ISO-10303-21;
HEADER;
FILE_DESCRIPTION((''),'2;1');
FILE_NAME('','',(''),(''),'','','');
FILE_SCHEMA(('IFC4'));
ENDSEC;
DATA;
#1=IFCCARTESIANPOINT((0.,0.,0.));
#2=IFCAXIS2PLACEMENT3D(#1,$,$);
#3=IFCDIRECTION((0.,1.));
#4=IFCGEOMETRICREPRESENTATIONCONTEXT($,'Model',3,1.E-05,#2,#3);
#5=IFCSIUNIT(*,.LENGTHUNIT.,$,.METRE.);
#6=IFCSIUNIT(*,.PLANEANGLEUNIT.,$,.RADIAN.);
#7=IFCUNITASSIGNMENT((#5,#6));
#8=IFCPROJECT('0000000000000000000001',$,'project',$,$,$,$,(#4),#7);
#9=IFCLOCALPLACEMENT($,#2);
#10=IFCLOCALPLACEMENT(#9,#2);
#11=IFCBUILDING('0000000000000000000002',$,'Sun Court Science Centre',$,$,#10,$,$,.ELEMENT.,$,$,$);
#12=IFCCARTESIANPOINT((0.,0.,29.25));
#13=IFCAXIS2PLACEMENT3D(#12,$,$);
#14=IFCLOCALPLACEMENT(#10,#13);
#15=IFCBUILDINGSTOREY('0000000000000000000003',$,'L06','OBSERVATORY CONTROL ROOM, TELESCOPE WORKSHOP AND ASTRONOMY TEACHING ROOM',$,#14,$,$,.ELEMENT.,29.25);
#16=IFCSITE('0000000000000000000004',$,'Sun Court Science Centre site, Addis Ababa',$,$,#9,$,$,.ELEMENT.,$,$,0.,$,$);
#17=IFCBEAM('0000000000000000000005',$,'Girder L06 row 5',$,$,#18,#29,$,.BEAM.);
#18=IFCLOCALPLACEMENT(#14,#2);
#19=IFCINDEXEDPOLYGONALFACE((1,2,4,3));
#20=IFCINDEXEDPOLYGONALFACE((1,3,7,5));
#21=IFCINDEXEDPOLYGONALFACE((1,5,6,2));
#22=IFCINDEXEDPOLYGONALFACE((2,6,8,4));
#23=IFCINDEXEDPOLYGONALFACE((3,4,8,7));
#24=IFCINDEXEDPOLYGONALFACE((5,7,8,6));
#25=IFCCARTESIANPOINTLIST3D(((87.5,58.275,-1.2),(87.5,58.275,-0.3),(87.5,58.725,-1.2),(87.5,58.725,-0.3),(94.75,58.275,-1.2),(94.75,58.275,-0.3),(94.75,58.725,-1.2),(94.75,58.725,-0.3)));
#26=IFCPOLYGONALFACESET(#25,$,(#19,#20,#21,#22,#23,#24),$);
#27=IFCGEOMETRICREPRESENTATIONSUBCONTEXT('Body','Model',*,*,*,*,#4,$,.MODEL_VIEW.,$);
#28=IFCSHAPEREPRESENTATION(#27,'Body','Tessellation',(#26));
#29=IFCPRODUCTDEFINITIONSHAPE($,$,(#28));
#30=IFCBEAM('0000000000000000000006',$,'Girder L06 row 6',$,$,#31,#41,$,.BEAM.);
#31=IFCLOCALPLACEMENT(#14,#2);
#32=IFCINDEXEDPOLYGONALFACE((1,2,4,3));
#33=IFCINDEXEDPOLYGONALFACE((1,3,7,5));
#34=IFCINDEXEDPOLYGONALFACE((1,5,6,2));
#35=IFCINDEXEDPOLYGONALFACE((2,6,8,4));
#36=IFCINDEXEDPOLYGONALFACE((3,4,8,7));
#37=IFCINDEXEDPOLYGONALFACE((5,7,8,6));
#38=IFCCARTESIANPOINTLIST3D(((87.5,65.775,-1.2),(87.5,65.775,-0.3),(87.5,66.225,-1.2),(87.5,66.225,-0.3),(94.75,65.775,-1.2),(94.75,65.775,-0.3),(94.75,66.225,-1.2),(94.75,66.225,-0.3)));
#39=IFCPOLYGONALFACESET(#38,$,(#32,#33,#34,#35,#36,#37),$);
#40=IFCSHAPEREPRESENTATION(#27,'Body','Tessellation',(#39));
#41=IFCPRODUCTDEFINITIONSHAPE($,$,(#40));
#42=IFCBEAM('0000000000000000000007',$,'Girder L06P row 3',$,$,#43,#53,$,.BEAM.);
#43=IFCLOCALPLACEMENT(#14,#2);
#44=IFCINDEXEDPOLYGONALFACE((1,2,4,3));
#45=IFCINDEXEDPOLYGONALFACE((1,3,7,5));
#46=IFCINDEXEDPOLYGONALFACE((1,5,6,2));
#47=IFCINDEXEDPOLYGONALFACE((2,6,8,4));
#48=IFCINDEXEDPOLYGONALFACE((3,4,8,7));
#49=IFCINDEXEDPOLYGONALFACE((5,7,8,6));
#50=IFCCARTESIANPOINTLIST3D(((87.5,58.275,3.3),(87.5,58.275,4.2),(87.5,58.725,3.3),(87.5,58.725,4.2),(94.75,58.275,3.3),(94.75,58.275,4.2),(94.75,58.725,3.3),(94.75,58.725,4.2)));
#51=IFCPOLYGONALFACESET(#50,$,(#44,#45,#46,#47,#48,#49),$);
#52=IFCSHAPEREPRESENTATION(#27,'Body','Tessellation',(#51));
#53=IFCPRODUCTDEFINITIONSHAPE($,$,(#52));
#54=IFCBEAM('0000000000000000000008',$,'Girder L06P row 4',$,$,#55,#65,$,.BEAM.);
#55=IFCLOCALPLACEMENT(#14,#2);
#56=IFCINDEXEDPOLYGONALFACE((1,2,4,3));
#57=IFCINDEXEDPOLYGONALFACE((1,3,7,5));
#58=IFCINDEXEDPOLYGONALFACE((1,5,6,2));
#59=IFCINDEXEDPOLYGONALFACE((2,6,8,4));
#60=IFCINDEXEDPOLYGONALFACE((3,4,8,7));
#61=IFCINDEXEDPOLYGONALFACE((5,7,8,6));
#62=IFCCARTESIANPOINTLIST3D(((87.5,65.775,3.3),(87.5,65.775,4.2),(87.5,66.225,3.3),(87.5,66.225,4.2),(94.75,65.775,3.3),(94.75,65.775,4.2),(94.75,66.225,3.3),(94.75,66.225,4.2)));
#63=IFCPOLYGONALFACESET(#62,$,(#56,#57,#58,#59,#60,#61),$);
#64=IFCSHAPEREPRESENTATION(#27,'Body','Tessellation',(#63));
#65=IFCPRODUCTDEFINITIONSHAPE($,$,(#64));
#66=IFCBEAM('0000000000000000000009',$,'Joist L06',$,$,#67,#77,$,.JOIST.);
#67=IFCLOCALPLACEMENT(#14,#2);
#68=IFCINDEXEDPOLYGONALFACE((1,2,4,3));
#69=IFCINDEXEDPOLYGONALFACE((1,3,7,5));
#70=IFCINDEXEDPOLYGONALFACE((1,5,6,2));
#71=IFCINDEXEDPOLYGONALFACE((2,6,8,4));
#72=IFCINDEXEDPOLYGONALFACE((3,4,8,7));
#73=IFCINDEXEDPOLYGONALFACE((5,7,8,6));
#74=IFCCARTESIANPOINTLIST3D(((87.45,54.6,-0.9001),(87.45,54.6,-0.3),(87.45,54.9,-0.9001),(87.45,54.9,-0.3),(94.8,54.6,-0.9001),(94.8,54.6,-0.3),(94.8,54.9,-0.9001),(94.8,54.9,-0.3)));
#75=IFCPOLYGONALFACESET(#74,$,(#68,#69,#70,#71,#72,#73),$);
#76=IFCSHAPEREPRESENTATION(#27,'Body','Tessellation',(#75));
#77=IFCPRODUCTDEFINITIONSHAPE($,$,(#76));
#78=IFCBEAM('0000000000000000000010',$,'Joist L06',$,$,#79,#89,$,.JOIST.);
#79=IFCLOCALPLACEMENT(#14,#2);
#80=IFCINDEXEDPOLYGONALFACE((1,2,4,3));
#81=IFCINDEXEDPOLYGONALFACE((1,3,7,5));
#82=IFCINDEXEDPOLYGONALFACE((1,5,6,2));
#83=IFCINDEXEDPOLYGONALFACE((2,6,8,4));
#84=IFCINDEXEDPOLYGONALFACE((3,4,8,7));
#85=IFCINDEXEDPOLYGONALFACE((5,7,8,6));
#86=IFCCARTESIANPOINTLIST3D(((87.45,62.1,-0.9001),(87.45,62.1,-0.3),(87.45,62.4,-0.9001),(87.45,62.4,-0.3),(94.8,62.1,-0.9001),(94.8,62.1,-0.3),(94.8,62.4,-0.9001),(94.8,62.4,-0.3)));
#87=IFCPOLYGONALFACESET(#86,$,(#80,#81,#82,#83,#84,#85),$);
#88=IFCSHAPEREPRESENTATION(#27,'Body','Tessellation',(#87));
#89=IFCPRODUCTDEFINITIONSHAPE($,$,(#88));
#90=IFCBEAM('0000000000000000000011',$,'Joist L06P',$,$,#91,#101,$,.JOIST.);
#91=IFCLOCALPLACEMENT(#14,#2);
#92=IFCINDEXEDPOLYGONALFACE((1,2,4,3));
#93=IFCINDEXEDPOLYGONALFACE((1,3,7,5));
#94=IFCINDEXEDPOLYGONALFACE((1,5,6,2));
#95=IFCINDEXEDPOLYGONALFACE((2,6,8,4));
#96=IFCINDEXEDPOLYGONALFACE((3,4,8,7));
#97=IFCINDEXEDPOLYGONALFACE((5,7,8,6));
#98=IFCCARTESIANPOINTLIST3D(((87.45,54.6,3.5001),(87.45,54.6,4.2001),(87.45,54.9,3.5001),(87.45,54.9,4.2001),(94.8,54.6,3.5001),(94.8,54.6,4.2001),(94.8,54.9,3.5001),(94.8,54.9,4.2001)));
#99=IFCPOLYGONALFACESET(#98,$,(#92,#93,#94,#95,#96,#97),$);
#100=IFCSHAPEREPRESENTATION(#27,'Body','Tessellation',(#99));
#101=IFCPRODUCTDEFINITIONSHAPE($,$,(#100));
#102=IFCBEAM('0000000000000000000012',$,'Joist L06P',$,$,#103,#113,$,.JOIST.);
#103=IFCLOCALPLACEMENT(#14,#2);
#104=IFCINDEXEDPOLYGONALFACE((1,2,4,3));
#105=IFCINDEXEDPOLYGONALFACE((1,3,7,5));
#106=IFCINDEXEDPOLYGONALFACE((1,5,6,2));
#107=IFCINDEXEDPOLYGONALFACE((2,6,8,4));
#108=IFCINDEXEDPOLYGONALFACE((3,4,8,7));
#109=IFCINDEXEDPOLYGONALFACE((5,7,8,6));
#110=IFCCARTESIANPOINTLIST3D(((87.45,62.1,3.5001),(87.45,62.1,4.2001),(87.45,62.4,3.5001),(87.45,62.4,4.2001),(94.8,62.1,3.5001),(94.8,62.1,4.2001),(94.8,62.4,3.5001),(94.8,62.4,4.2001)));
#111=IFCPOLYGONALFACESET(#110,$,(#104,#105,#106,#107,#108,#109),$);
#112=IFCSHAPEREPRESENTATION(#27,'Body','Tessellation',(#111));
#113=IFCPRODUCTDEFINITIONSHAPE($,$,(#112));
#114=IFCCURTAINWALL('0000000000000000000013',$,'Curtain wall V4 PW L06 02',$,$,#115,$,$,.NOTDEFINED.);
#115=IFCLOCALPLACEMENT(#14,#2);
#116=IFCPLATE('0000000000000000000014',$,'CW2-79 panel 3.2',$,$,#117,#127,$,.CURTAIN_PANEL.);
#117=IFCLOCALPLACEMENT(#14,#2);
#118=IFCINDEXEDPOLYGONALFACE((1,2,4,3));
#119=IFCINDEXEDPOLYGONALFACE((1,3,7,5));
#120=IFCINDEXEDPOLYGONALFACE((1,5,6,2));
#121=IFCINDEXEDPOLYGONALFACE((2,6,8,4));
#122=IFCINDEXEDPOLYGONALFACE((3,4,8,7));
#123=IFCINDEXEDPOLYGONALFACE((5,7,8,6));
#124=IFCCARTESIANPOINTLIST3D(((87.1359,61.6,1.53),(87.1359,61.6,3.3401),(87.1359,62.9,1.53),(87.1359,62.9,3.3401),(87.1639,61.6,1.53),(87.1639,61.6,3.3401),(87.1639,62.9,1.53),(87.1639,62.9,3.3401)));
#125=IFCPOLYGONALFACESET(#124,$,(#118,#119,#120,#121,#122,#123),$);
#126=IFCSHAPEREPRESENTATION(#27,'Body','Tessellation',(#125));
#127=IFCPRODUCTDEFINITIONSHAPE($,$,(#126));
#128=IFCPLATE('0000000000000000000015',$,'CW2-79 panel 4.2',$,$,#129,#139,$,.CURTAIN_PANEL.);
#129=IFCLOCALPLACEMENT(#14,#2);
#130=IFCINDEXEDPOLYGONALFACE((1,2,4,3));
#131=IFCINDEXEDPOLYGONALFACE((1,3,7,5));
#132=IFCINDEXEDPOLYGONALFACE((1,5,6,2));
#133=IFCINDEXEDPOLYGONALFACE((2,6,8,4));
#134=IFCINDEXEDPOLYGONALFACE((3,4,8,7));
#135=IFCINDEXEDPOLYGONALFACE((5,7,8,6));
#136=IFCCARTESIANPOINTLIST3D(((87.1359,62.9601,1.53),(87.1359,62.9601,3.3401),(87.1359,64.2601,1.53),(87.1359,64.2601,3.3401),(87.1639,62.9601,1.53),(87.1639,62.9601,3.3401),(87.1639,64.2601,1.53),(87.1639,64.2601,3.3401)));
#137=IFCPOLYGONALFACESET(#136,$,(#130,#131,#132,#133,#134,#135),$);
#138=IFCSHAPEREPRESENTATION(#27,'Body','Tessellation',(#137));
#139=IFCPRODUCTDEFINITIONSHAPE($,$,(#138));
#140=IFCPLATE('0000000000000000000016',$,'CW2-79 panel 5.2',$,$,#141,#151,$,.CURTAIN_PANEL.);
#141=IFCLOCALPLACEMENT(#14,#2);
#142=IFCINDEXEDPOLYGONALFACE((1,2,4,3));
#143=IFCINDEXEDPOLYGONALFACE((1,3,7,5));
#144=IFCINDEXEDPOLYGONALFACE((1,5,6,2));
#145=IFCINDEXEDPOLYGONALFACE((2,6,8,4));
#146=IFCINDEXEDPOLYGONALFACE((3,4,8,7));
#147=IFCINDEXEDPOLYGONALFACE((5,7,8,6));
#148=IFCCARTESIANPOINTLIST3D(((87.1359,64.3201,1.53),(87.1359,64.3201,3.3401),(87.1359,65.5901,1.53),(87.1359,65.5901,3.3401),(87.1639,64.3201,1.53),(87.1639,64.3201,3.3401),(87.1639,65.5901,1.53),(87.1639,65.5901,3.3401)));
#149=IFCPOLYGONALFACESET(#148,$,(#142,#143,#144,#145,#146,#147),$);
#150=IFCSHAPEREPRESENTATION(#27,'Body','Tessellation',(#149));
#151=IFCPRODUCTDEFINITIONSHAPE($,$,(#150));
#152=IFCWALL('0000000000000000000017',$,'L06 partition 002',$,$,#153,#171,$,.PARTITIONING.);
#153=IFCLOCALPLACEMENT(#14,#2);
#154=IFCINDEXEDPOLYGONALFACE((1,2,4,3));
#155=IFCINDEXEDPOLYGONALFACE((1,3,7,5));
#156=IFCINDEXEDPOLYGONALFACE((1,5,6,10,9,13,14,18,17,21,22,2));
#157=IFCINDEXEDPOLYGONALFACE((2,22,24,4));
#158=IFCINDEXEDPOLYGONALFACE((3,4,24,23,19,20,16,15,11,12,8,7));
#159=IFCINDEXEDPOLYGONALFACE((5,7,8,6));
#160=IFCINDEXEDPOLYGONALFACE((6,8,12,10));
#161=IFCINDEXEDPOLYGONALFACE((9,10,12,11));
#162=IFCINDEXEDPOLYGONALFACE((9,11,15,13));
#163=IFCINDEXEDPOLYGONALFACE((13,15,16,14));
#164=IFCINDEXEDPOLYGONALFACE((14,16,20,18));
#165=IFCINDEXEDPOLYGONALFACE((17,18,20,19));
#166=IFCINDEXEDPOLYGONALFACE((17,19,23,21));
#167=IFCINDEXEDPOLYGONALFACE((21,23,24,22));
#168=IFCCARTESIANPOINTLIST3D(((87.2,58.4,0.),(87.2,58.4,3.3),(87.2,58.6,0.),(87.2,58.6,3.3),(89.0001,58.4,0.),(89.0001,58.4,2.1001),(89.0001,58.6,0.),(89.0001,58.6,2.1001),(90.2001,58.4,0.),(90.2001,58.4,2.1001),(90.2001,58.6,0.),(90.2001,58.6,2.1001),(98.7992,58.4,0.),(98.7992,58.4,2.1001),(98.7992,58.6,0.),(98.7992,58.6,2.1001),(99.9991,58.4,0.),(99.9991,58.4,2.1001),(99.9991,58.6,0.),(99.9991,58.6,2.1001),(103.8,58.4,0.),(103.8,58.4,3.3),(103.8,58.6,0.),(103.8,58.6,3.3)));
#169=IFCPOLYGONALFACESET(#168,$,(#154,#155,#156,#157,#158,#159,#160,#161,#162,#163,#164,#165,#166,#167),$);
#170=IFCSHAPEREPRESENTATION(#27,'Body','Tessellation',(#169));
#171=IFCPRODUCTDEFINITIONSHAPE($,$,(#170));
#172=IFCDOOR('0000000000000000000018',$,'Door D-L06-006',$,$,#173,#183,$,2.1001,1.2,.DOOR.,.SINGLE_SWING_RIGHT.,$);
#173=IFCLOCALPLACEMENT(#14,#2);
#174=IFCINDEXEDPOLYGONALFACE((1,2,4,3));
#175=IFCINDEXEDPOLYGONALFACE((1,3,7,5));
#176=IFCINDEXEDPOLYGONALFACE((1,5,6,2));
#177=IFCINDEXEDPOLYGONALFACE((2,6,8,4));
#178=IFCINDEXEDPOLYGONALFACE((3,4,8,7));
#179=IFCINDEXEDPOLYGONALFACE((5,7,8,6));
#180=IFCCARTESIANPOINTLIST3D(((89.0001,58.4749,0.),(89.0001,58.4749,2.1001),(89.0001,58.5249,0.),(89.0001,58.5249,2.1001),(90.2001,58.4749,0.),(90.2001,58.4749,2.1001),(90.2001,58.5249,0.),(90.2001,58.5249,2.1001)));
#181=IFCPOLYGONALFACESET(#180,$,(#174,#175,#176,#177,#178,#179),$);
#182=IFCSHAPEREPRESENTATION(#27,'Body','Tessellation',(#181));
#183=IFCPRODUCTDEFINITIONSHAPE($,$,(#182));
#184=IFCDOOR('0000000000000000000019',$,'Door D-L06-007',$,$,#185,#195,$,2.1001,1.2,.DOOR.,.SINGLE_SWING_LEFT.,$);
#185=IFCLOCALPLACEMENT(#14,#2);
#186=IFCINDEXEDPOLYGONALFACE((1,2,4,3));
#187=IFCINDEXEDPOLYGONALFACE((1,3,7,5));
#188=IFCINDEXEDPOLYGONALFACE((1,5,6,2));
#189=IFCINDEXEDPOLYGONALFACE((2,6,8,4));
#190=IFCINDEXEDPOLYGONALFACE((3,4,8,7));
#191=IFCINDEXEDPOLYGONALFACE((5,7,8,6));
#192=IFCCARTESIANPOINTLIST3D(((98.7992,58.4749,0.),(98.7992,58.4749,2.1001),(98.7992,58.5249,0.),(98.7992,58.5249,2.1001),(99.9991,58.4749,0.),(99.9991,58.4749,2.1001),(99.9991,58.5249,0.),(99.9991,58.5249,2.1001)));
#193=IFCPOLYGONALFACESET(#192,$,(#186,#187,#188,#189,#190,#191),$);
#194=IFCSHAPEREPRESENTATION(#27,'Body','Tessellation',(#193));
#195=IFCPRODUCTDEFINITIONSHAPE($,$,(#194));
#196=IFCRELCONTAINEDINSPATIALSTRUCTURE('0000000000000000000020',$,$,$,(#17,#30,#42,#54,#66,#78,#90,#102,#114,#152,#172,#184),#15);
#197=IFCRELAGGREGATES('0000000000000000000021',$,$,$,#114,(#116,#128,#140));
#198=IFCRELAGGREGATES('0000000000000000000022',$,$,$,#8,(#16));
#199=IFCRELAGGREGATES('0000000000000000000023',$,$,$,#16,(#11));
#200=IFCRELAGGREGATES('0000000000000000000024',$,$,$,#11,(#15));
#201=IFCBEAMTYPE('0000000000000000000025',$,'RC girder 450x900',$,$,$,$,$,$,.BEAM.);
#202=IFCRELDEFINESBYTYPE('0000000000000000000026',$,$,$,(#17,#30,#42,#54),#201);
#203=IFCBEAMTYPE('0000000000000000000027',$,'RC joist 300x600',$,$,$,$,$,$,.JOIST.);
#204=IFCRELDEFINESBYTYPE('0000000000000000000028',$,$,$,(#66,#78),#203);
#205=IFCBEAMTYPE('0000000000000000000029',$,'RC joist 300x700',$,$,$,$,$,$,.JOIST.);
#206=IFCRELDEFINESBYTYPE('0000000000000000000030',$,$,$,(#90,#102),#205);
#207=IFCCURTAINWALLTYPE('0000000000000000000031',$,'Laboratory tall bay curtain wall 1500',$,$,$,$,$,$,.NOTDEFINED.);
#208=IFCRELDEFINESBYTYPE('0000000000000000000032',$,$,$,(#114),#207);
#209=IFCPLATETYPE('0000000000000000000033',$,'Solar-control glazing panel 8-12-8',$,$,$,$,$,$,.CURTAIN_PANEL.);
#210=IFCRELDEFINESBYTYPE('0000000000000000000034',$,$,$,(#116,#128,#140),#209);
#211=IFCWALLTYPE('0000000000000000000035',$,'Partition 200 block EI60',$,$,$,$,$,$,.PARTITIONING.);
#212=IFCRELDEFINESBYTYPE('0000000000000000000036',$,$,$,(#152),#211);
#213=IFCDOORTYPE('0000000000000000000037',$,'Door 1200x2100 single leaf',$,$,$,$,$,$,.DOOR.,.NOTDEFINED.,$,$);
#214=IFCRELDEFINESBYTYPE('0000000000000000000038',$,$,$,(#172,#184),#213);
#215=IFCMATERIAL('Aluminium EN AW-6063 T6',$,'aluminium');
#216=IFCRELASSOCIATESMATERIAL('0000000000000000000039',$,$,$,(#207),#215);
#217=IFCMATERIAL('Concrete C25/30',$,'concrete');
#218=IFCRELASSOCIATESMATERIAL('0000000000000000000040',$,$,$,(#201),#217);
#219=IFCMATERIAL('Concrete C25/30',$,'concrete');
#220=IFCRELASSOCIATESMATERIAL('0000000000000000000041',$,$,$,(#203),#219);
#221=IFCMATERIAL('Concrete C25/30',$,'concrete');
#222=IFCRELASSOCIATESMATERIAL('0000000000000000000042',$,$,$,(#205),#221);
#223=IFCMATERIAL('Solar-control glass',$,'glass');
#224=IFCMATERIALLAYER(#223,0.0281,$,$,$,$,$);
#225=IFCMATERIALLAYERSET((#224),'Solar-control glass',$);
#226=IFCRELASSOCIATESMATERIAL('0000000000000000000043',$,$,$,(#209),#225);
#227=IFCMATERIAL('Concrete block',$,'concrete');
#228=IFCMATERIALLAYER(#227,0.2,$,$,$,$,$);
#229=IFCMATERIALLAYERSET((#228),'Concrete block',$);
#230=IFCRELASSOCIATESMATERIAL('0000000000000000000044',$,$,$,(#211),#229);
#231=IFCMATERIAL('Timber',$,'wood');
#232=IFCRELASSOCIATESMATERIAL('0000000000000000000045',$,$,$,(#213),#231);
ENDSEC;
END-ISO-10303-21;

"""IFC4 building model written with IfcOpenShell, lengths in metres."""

from ifc_helpers import new_model, si_unit, direction, frame, frame_2d, origin, origin_2d, place, context, subcontext, project, spatial, rectangle, extrude, material, layer, layer_set, material_profile, profile_set, type_object, element, fill, aggregate, save


model = new_model("IFC4")

# Units and contexts
model_context = context("Model", 3, precision=1e-05, world=origin(), true_north=direction((0.0, 1.0)))
body_context = subcontext(model_context, "Body", "Model", "MODEL_VIEW")
ifc_project = project(units=[si_unit("LENGTHUNIT", "METRE"), si_unit("PLANEANGLEUNIT", "RADIAN")], contexts=[model_context])

# Site, building, storey
site_placement = place(None, origin())
site = spatial("IfcSite", under=ifc_project, at=site_placement, Name="Sun Court Science Centre site, Addis Ababa", CompositionType="ELEMENT", RefElevation=0.0)
building_placement = place(site_placement, origin())
building = spatial("IfcBuilding", under=site, at=building_placement, Name="Sun Court Science Centre", CompositionType="ELEMENT")
storey_placement = place(building_placement, frame((0.0, 0.0, 29.25)))
storey = spatial("IfcBuildingStorey", under=building, at=storey_placement, Name="L06", Description="OBSERVATORY CONTROL ROOM, TELESCOPE WORKSHOP AND ASTRONOMY TEACHING ROOM", CompositionType="ELEMENT", Elevation=29.25)

# Shared definitions
ifc_material_1 = material(Name="Aluminium EN AW-6063 T6", Category="aluminium")
curtain_wall_type = type_object("IfcCurtainWallType", Name="Laboratory tall bay curtain wall 1500", PredefinedType="NOTDEFINED", material=ifc_material_1)

# Beams
ifc_material_2 = material(Name="Concrete C25/30", Category="concrete")
ifc_material_profile_1 = material_profile(ifc_material_2, rectangle(XDim=0.45, YDim=0.8999, at=origin_2d()), Name="RC 450x900")
ifc_profile_set_1 = profile_set([ifc_material_profile_1], Name="Concrete C25/30")
beam_type_1 = type_object("IfcBeamType", Name="RC girder 450x900", PredefinedType="BEAM", material=ifc_profile_set_1)
for number, where, z_axis, x_axis, name in (
    (1, (87.5, 58.5, -0.75), (1.0, 0.0, 0.0), (0.0, 1.0, 0.0), "Girder L06 row 5"),
    (2, (87.5, 66.0, -0.75), (1.0, 0.0, 0.0), (0.0, 1.0, 0.0), "Girder L06 row 6"),
    (3, (87.5, 58.5, 3.75), (1.0, 0.0, 0.0), (0.0, 1.0, 0.0), "Girder L06P row 3"),
    (4, (87.5, 66.0, 3.75), (1.0, 0.0, 0.0), (0.0, 1.0, 0.0), "Girder L06P row 4"),
):
    element("IfcBeam", number, at=place(storey_placement, frame(where, z_axis=z_axis, x_axis=x_axis)), inside=storey, type_object=beam_type_1, Name=name, PredefinedType="BEAM", context=body_context, shape_type="SweptSolid", body=[
        extrude(rectangle(XDim=0.45, YDim=0.8999, at=origin_2d()), origin(), (0.0, 0.0, 1.0), 7.25),
    ])
ifc_material_3 = material(Name="Concrete C25/30", Category="concrete")
ifc_material_profile_2 = material_profile(ifc_material_3, rectangle(XDim=0.3, YDim=0.6001, at=origin_2d()), Name="RC 300x600")
ifc_profile_set_2 = profile_set([ifc_material_profile_2], Name="Concrete C25/30")
beam_type_2 = type_object("IfcBeamType", Name="RC joist 300x600", PredefinedType="JOIST", material=ifc_profile_set_2)
for number, where, z_axis, x_axis, name in (
    (5, (87.45, 54.75, -0.6001), (1.0, 0.0, 0.0), (0.0, 1.0, 0.0), "Joist L06"),
    (6, (87.45, 62.25, -0.6001), (1.0, 0.0, 0.0), (0.0, 1.0, 0.0), "Joist L06"),
):
    element("IfcBeam", number, at=place(storey_placement, frame(where, z_axis=z_axis, x_axis=x_axis)), inside=storey, type_object=beam_type_2, Name=name, PredefinedType="JOIST", context=body_context, shape_type="SweptSolid", body=[
        extrude(rectangle(XDim=0.3, YDim=0.6001, at=origin_2d()), origin(), (0.0, 0.0, 1.0), 7.3501),
    ])
ifc_material_4 = material(Name="Concrete C25/30", Category="concrete")
ifc_material_profile_3 = material_profile(ifc_material_4, rectangle(XDim=0.3, YDim=0.7, at=origin_2d()), Name="RC 300x700")
ifc_profile_set_3 = profile_set([ifc_material_profile_3], Name="Concrete C25/30")
beam_type_3 = type_object("IfcBeamType", Name="RC joist 300x700", PredefinedType="JOIST", material=ifc_profile_set_3)
for number, where, z_axis, x_axis, name in (
    (7, (87.45, 54.75, 3.8501), (1.0, 0.0, 0.0), (0.0, 1.0, 0.0), "Joist L06P"),
    (8, (87.45, 62.25, 3.8501), (1.0, 0.0, 0.0), (0.0, 1.0, 0.0), "Joist L06P"),
):
    element("IfcBeam", number, at=place(storey_placement, frame(where, z_axis=z_axis, x_axis=x_axis)), inside=storey, type_object=beam_type_3, Name=name, PredefinedType="JOIST", context=body_context, shape_type="SweptSolid", body=[
        extrude(rectangle(XDim=0.3, YDim=0.7, at=origin_2d()), origin(), (0.0, 0.0, 1.0), 7.3501),
    ])

# Curtain wall, plates
curtain_wall_1_placement = place(storey_placement, origin())
curtain_wall_1 = element("IfcCurtainWall", 9, at=curtain_wall_1_placement, inside=storey, type_object=curtain_wall_type, Name="Curtain wall V4 PW L06 02", PredefinedType="NOTDEFINED")
ifc_material_5 = material(Name="Solar-control glass", Category="glass")
ifc_layer_1 = layer(ifc_material_5, 0.0281)
ifc_layer_set_1 = layer_set([ifc_layer_1], Name="Solar-control glass")
plate_type = type_object("IfcPlateType", Name="Solar-control glazing panel 8-12-8", PredefinedType="CURTAIN_PANEL", material=ifc_layer_set_1)
plate_1_placement = place(storey_placement, frame((87.1499, 62.25, 1.53), z_axis=(0.0, 0.0, 1.0), x_axis=(0.0, 1.0, 0.0)))
plate_1 = element("IfcPlate", 10, at=plate_1_placement, type_object=plate_type, Name="CW2-79 panel 3.2", PredefinedType="CURTAIN_PANEL", context=body_context, shape_type="SweptSolid", body=[
    extrude(rectangle(XDim=1.3, YDim=0.0281, at=origin_2d()), origin(), (0.0, 0.0, 1.0), 1.8101),
])
plate_2_placement = place(storey_placement, frame((87.1499, 63.6101, 1.53), z_axis=(0.0, 0.0, 1.0), x_axis=(0.0, 1.0, 0.0)))
plate_2 = element("IfcPlate", 11, at=plate_2_placement, type_object=plate_type, Name="CW2-79 panel 4.2", PredefinedType="CURTAIN_PANEL", context=body_context, shape_type="SweptSolid", body=[
    extrude(rectangle(XDim=1.3, YDim=0.0281, at=origin_2d()), origin(), (0.0, 0.0, 1.0), 1.8101),
])
plate_3_placement = place(storey_placement, frame((87.1499, 64.9551, 1.53), z_axis=(0.0, 0.0, 1.0), x_axis=(0.0, 1.0, 0.0)))
plate_3 = element("IfcPlate", 12, at=plate_3_placement, type_object=plate_type, Name="CW2-79 panel 5.2", PredefinedType="CURTAIN_PANEL", context=body_context, shape_type="SweptSolid", body=[
    extrude(rectangle(XDim=1.27, YDim=0.0281, at=origin_2d()), origin(), (0.0, 0.0, 1.0), 1.8101),
])
aggregate(curtain_wall_1, [plate_1, plate_2, plate_3])

# Wall, openings, doors
ifc_material_6 = material(Name="Concrete block", Category="concrete")
ifc_layer_2 = layer(ifc_material_6, 0.2)
ifc_layer_set_2 = layer_set([ifc_layer_2], Name="Concrete block")
wall_type = type_object("IfcWallType", Name="Partition 200 block EI60", PredefinedType="PARTITIONING", material=ifc_layer_set_2)
wall_1_placement = place(storey_placement, frame((87.2, 58.5, 0.0), z_axis=(0.0, 0.0, 1.0), x_axis=(1.0, 0.0, 0.0)))
wall_1 = element("IfcWall", 13, at=wall_1_placement, inside=storey, type_object=wall_type, Name="L06 partition 002", PredefinedType="PARTITIONING", context=body_context, shape_type="SweptSolid", body=[
    extrude(rectangle(XDim=16.6001, YDim=0.2, at=frame_2d((8.3, 0.0))), origin(), (0.0, 0.0, 1.0), 3.3),
])
opening_1_placement = place(wall_1_placement, frame((1.8, 0.0, 0.0)))
opening_1 = element("IfcOpeningElement", 14, at=opening_1_placement, cuts=wall_1, PredefinedType="OPENING", context=body_context, shape_type="SweptSolid", body=[
    extrude(rectangle(XDim=1.2, YDim=2.1001, at=frame_2d((0.6001, 1.05))), frame((0.0, 0.1099, 0.0), z_axis=(0.0, -1.0, 0.0), x_axis=(1.0, 0.0, 0.0)), (0.0, 0.0, 1.0), 0.22),
])
opening_2_placement = place(wall_1_placement, frame((11.5991, 0.0, 0.0)))
opening_2 = element("IfcOpeningElement", 15, at=opening_2_placement, cuts=wall_1, PredefinedType="OPENING", context=body_context, shape_type="SweptSolid", body=[
    extrude(rectangle(XDim=1.2, YDim=2.1001, at=frame_2d((0.6001, 1.05))), frame((0.0, 0.1099, 0.0), z_axis=(0.0, -1.0, 0.0), x_axis=(1.0, 0.0, 0.0)), (0.0, 0.0, 1.0), 0.22),
])
ifc_material_7 = material(Name="Timber", Category="wood")
door_type_1 = type_object("IfcDoorType", Name="Door 1200x2100 single leaf", OperationType="NOTDEFINED", PredefinedType="DOOR", material=ifc_material_7)
door_1_placement = place(opening_1_placement, origin())
door_1 = element("IfcDoor", 16, at=door_1_placement, inside=storey, type_object=door_type_1, Name="Door D-L06-006", OperationType="SINGLE_SWING_RIGHT", OverallHeight=2.1001, OverallWidth=1.2, PredefinedType="DOOR", context=body_context, shape_type="SweptSolid", body=[
    extrude(rectangle(XDim=1.2, YDim=2.1001, at=frame_2d((0.6001, 1.05))), frame((0.0, 0.0249, 0.0), z_axis=(0.0, -1.0, 0.0), x_axis=(1.0, 0.0, 0.0)), (0.0, 0.0, 1.0), 0.05),
])
fill(opening_1, door_1)
door_2_placement = place(opening_2_placement, origin())
door_2 = element("IfcDoor", 17, at=door_2_placement, inside=storey, type_object=door_type_1, Name="Door D-L06-007", OperationType="SINGLE_SWING_LEFT", OverallHeight=2.1001, OverallWidth=1.2, PredefinedType="DOOR", context=body_context, shape_type="SweptSolid", body=[
    extrude(rectangle(XDim=1.2, YDim=2.1001, at=frame_2d((0.6001, 1.05))), frame((0.0, 0.0249, 0.0), z_axis=(0.0, -1.0, 0.0), x_axis=(1.0, 0.0, 0.0)), (0.0, 0.0, 1.0), 0.05),
])
fill(opening_2, door_2)

save(model, "model.ifc")
